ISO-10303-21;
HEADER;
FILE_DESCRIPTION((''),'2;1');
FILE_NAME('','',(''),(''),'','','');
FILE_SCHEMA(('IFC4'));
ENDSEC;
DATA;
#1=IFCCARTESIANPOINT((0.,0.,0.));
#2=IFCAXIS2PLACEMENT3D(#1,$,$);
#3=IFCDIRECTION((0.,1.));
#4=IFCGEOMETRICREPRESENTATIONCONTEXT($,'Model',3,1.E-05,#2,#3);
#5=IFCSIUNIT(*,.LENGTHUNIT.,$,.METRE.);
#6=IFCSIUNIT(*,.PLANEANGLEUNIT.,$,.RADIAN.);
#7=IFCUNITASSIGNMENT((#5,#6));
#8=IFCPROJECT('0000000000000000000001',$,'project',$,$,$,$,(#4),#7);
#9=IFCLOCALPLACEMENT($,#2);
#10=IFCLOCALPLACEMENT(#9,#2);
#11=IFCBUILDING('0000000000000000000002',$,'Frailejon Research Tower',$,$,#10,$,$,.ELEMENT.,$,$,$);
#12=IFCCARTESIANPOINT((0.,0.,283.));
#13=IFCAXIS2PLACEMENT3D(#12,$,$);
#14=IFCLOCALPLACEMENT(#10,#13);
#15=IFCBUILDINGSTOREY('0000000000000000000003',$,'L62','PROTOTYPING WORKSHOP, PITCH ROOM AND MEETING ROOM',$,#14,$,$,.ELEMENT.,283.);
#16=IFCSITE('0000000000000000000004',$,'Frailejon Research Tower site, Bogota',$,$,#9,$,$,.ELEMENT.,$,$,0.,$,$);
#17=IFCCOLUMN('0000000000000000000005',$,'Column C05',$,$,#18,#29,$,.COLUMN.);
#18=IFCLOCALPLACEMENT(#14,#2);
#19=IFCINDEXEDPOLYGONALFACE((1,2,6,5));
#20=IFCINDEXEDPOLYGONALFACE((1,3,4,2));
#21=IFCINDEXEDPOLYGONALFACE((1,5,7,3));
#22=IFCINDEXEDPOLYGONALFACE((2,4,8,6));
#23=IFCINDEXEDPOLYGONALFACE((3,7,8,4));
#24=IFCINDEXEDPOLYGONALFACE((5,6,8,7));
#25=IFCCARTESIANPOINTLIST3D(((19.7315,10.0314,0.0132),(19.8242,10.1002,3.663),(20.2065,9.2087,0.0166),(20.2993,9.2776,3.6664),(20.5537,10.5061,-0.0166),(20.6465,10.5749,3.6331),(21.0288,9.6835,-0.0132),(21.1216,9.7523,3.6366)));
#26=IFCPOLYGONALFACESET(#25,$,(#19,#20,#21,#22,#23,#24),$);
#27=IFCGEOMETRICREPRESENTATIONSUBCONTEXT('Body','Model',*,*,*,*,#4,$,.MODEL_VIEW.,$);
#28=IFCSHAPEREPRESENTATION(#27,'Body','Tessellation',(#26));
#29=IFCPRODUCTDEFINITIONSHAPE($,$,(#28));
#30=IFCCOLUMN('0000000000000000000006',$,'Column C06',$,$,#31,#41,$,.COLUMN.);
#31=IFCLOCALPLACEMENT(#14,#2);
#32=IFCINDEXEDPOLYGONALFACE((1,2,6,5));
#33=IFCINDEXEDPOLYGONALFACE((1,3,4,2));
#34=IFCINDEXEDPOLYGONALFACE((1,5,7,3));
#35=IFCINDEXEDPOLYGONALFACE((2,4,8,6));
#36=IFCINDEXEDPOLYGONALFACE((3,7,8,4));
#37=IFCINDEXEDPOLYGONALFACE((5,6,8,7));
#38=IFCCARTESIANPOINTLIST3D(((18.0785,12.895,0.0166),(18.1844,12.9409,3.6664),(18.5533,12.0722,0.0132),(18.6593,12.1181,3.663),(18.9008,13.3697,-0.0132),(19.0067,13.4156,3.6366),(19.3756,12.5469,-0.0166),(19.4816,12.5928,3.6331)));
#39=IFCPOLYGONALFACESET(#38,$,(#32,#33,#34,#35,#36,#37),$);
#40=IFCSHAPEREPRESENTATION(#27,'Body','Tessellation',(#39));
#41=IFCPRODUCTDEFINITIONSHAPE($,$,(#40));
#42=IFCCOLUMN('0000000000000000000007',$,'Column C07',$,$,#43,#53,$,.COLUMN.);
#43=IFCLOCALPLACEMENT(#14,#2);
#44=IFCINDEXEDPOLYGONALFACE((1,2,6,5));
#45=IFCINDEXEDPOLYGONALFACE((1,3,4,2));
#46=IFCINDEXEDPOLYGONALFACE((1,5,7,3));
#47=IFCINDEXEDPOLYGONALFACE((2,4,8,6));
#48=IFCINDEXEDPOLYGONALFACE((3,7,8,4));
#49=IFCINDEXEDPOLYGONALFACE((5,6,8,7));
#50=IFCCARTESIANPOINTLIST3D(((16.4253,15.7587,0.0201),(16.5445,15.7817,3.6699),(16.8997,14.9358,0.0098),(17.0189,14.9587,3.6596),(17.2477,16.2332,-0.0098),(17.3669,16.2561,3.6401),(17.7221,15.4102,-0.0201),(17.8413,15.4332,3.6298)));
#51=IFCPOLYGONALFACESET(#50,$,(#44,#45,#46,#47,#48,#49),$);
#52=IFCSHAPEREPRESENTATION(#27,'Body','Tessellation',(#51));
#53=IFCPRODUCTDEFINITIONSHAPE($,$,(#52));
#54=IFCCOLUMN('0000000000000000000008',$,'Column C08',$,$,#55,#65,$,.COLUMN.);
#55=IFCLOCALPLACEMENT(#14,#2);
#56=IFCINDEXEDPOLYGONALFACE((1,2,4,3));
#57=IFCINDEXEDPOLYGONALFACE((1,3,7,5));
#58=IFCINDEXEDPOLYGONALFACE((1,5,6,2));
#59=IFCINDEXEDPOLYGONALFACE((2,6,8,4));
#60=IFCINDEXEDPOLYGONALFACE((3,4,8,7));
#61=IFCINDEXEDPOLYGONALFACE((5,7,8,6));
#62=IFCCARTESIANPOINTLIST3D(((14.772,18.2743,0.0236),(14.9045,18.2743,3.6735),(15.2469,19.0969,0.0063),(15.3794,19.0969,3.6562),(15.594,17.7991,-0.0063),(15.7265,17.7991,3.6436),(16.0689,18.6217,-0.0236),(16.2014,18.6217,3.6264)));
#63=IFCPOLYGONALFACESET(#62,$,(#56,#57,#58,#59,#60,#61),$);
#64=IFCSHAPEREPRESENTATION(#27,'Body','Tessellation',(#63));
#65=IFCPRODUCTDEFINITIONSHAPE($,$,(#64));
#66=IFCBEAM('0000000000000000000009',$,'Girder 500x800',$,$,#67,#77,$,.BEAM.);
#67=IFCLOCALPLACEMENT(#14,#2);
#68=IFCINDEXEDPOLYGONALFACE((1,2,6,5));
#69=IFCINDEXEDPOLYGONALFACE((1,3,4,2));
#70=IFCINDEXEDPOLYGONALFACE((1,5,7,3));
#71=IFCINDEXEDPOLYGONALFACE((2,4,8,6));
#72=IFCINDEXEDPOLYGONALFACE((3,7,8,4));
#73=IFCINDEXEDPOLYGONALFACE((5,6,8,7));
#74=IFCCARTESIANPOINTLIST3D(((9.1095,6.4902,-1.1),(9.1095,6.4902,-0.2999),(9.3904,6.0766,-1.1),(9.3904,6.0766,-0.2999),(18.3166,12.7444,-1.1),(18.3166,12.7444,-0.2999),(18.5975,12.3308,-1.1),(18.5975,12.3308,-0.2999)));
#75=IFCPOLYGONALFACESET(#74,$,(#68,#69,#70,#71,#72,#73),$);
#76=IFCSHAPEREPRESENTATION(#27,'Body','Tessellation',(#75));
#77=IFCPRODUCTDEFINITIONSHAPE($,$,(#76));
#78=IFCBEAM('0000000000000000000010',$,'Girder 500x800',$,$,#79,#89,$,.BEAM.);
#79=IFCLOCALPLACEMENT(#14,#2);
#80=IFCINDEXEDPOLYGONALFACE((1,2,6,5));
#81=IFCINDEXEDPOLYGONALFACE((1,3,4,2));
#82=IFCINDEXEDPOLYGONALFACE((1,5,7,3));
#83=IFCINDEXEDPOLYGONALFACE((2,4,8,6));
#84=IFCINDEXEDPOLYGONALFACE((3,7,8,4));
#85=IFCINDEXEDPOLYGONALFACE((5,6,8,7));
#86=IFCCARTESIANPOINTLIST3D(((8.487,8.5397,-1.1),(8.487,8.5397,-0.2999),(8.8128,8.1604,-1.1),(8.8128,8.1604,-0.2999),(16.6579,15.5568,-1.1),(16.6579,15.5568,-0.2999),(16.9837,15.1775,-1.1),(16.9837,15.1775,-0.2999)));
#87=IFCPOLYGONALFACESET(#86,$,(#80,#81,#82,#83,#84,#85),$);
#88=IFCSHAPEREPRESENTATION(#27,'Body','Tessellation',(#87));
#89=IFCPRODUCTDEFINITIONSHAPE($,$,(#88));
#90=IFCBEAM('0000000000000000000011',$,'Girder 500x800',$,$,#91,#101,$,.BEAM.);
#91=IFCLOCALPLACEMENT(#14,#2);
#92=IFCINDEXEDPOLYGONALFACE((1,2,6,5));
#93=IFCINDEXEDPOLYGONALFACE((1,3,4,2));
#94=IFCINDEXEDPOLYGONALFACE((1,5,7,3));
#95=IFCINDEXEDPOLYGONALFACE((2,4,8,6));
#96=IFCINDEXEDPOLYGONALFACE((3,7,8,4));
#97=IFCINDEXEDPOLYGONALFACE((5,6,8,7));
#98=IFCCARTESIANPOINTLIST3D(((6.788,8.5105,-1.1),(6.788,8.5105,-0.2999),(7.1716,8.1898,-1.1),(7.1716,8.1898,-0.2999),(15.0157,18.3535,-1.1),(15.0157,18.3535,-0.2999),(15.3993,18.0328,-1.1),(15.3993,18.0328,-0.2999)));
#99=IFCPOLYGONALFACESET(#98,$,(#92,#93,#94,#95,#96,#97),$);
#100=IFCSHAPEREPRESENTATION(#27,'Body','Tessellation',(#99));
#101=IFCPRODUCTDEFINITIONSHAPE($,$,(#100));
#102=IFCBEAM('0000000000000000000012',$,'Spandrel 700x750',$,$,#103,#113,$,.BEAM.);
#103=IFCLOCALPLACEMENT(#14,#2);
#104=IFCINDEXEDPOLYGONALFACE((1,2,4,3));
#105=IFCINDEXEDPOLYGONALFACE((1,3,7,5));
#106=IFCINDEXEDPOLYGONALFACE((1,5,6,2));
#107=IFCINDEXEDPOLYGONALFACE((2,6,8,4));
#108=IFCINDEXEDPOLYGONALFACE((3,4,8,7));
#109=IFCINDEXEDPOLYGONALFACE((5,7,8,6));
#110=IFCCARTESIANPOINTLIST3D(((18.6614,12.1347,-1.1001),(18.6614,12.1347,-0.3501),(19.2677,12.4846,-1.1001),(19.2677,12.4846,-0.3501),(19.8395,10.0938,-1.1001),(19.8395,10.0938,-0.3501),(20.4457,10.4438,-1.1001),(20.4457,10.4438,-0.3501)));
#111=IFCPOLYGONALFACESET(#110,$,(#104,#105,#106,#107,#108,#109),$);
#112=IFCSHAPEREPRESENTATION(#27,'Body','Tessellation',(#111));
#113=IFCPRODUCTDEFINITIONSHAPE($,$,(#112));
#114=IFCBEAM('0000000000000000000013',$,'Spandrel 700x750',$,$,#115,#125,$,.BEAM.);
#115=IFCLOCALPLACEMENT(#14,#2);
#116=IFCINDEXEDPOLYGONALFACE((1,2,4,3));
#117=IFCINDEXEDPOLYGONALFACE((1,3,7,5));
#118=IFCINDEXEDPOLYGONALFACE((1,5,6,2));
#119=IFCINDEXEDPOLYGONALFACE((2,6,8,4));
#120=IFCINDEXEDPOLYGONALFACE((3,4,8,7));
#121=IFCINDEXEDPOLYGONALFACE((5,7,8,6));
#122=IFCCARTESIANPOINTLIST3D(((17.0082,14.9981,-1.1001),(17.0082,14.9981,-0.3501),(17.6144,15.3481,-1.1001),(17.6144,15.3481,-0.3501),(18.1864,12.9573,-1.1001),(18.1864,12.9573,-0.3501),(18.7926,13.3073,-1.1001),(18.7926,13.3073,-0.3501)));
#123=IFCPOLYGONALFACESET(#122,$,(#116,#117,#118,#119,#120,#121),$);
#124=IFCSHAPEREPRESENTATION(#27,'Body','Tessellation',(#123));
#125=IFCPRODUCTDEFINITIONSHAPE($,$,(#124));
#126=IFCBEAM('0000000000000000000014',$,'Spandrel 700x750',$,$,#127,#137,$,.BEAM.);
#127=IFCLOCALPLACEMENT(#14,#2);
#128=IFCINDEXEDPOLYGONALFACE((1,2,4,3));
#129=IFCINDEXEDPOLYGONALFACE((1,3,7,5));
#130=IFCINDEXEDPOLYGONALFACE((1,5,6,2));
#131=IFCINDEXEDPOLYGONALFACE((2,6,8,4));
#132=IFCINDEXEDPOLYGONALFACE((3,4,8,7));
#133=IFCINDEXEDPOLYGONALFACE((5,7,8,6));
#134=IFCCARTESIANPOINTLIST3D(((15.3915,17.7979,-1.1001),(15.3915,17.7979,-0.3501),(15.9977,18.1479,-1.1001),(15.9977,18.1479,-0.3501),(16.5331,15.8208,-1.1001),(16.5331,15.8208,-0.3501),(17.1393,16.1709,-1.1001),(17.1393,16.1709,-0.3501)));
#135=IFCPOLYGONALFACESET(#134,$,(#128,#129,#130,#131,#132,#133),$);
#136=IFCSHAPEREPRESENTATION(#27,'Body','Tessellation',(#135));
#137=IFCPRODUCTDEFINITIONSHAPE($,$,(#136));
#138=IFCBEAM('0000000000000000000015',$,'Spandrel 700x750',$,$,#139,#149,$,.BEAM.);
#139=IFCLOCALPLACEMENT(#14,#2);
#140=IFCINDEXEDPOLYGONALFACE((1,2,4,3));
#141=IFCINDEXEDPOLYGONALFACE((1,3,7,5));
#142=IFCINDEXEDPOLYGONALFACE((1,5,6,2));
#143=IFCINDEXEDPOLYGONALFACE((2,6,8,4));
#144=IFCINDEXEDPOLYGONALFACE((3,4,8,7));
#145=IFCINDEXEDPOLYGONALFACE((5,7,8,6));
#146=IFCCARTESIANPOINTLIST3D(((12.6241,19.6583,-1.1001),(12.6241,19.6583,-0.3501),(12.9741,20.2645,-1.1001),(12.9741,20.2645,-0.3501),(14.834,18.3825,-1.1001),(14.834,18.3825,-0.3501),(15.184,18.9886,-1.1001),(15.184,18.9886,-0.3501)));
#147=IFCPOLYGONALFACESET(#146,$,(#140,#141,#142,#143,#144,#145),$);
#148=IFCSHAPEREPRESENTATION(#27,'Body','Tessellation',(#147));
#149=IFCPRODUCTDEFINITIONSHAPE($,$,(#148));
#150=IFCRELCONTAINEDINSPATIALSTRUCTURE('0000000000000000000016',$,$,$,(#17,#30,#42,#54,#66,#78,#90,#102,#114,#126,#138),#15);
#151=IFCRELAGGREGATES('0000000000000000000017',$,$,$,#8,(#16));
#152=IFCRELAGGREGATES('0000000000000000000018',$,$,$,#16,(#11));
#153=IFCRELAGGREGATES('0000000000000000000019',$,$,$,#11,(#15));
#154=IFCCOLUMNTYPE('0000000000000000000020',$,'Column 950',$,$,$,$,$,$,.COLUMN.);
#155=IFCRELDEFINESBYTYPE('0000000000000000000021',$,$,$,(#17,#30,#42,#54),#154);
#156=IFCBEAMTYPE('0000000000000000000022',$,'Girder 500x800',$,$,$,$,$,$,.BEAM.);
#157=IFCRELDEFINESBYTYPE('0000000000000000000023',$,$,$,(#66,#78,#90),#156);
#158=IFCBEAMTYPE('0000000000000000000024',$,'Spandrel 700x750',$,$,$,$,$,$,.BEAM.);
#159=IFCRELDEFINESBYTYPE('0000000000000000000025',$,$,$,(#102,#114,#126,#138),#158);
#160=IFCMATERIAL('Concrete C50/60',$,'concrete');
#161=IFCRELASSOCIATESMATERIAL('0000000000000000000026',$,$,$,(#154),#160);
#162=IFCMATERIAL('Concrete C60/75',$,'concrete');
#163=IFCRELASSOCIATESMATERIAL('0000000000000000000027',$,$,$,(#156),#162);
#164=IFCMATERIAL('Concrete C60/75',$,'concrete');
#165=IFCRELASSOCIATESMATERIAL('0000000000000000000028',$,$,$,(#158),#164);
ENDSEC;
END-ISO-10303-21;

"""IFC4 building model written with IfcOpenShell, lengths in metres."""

from ifc_helpers import new_model, si_unit, direction, frame, origin, origin_2d, place, context, subcontext, project, spatial, rectangle, extrude, material, material_profile, profile_set, type_object, element, save


model = new_model("IFC4")

# Units and contexts
model_context = context("Model", 3, precision=1e-05, world=origin(), true_north=direction((0.0, 1.0)))
body_context = subcontext(model_context, "Body", "Model", "MODEL_VIEW")
ifc_project = project(units=[si_unit("LENGTHUNIT", "METRE"), si_unit("PLANEANGLEUNIT", "RADIAN")], contexts=[model_context])

# Site, building, storey
site_placement = place(None, origin())
site = spatial("IfcSite", under=ifc_project, at=site_placement, Name="Frailejon Research Tower site, Bogota", CompositionType="ELEMENT", RefElevation=0.0)
building_placement = place(site_placement, origin())
building = spatial("IfcBuilding", under=site, at=building_placement, Name="Frailejon Research Tower", CompositionType="ELEMENT")
storey_placement = place(building_placement, frame((0.0, 0.0, 283.0)))
storey = spatial("IfcBuildingStorey", under=building, at=storey_placement, Name="L62", Description="PROTOTYPING WORKSHOP, PITCH ROOM AND MEETING ROOM", CompositionType="ELEMENT", Elevation=283.0)

# Columns
ifc_material_1 = material(Name="Concrete C50/60", Category="concrete")
ifc_material_profile_1 = material_profile(ifc_material_1, rectangle(XDim=0.95, YDim=0.95, at=origin_2d()), Name="Column 950")
ifc_profile_set_1 = profile_set([ifc_material_profile_1], Name="Concrete C50/60")
column_type = type_object("IfcColumnType", Name="Column 950", PredefinedType="COLUMN", material=ifc_profile_set_1)
for number, where, z_axis, x_axis, name in (
    (1, (20.3801, 9.8574, 0.0), (0.025405, 0.018853, 0.999499), (-0.500084, 0.865969, -0.003624), "Column C05"),
    (2, (18.7271, 12.7209, 0.0), (0.029016, 0.012569, 0.9995), (-0.499849, 0.866105, 0.003619), "Column C06"),
):
    element("IfcColumn", number, at=place(storey_placement, frame(where, z_axis=z_axis, x_axis=x_axis)), inside=storey, type_object=column_type, Name=name, PredefinedType="COLUMN", context=body_context, shape_type="SweptSolid", body=[
        extrude(rectangle(XDim=0.95, YDim=0.95, at=origin_2d()), origin(), (0.0, 0.0, 1.0), 3.6516),
    ])
column_1_placement = place(storey_placement, frame((17.0737, 15.5845, 0.0), z_axis=(0.032624, 0.006284, 0.999448), x_axis=(-0.499397, 0.866305, 0.010854)))
element("IfcColumn", 3, at=column_1_placement, inside=storey, type_object=column_type, Name="Column C07", PredefinedType="COLUMN", context=body_context, shape_type="SweptSolid", body=[
    extrude(rectangle(XDim=0.95, YDim=0.95, at=origin_2d()), origin(), (0.0, 0.0, 1.0), 3.6519),
])
column_2_placement = place(storey_placement, frame((15.4204, 18.448, 0.0), z_axis=(0.036297, 0.0, 0.999341), x_axis=(-0.865313, 0.500246, 0.031429)))
element("IfcColumn", 4, at=column_2_placement, inside=storey, type_object=column_type, Name="Column C08", PredefinedType="COLUMN", context=body_context, shape_type="SweptSolid", body=[
    extrude(rectangle(XDim=0.95, YDim=0.95, at=origin_2d()), origin(), (0.0, 0.0, 1.0), 3.6523),
])

# Beams
ifc_material_2 = material(Name="Concrete C60/75", Category="concrete")
ifc_material_profile_2 = material_profile(ifc_material_2, rectangle(XDim=0.5, YDim=0.8, at=origin_2d()), Name="Girder 500x800")
ifc_profile_set_2 = profile_set([ifc_material_profile_2], Name="Concrete C60/75")
beam_type_1 = type_object("IfcBeamType", Name="Girder 500x800", PredefinedType="BEAM", material=ifc_profile_set_2)
beam_1_placement = place(storey_placement, frame((18.457, 12.5376, -0.7), z_axis=(-0.827203, -0.561903, 0.0), x_axis=(0.561903, -0.827203, 0.0)))
element("IfcBeam", 5, at=beam_1_placement, inside=storey, type_object=beam_type_1, Name="Girder 500x800", PredefinedType="BEAM", context=body_context, shape_type="SweptSolid", body=[
    extrude(rectangle(XDim=0.5, YDim=0.8, at=origin_2d()), origin(), (0.0, 0.0, 1.0), 11.1304),
])
beam_2_placement = place(storey_placement, frame((16.8208, 15.3672, -0.7), z_axis=(-0.758639, -0.651512, 0.0), x_axis=(0.651512, -0.758639, 0.0)))
element("IfcBeam", 6, at=beam_2_placement, inside=storey, type_object=beam_type_1, Name="Girder 500x800", PredefinedType="BEAM", context=body_context, shape_type="SweptSolid", body=[
    extrude(rectangle(XDim=0.5, YDim=0.8, at=origin_2d()), origin(), (0.0, 0.0, 1.0), 10.7705),
])
beam_3_placement = place(storey_placement, frame((15.2075, 18.1931, -0.7), z_axis=(-0.641346, -0.767252, 0.0), x_axis=(0.767252, -0.641346, 0.0)))
element("IfcBeam", 7, at=beam_3_placement, inside=storey, type_object=beam_type_1, Name="Girder 500x800", PredefinedType="BEAM", context=body_context, shape_type="SweptSolid", body=[
    extrude(rectangle(XDim=0.5, YDim=0.8, at=origin_2d()), origin(), (0.0, 0.0, 1.0), 12.8289),
])
ifc_material_3 = material(Name="Concrete C60/75", Category="concrete")
ifc_material_profile_3 = material_profile(ifc_material_3, rectangle(XDim=0.7, YDim=0.75, at=origin_2d()), Name="Spandrel 700x750")
ifc_profile_set_3 = profile_set([ifc_material_profile_3], Name="Concrete C60/75")
beam_type_2 = type_object("IfcBeamType", Name="Spandrel 700x750", PredefinedType="BEAM", material=ifc_profile_set_3)
for number, where, z_axis, x_axis, name in (
    (8, (20.1426, 10.2688, -0.7251), (-0.499917, 0.866073, 0.0), (-0.866073, -0.499917, 0.0), "Spandrel 700x750"),
    (9, (18.4895, 13.1323, -0.7251), (-0.499994, 0.866029, 0.0), (-0.866029, -0.499994, 0.0), "Spandrel 700x750"),
):
    element("IfcBeam", number, at=place(storey_placement, frame(where, z_axis=z_axis, x_axis=x_axis)), inside=storey, type_object=beam_type_2, Name=name, PredefinedType="BEAM", context=body_context, shape_type="SweptSolid", body=[
        extrude(rectangle(XDim=0.7, YDim=0.75, at=origin_2d()), origin(), (0.0, 0.0, 1.0), 2.3564),
    ])
beam_4_placement = place(storey_placement, frame((16.8362, 15.9958, -0.7251), z_axis=(-0.50005, 0.865997, 0.0), x_axis=(-0.865997, -0.50005, 0.0)))
element("IfcBeam", 10, at=beam_4_placement, inside=storey, type_object=beam_type_2, Name="Spandrel 700x750", PredefinedType="BEAM", context=body_context, shape_type="SweptSolid", body=[
    extrude(rectangle(XDim=0.7, YDim=0.75, at=origin_2d()), origin(), (0.0, 0.0, 1.0), 2.283),
])
beam_5_placement = place(storey_placement, frame((15.009, 18.6855, -0.7251), z_axis=(-0.866033, 0.499987, 0.0), x_axis=(-0.499987, -0.866033, 0.0)))
element("IfcBeam", 11, at=beam_5_placement, inside=storey, type_object=beam_type_2, Name="Spandrel 700x750", PredefinedType="BEAM", context=body_context, shape_type="SweptSolid", body=[
    extrude(rectangle(XDim=0.7, YDim=0.75, at=origin_2d()), origin(), (0.0, 0.0, 1.0), 2.5518),
])

save(model, "model.ifc")
